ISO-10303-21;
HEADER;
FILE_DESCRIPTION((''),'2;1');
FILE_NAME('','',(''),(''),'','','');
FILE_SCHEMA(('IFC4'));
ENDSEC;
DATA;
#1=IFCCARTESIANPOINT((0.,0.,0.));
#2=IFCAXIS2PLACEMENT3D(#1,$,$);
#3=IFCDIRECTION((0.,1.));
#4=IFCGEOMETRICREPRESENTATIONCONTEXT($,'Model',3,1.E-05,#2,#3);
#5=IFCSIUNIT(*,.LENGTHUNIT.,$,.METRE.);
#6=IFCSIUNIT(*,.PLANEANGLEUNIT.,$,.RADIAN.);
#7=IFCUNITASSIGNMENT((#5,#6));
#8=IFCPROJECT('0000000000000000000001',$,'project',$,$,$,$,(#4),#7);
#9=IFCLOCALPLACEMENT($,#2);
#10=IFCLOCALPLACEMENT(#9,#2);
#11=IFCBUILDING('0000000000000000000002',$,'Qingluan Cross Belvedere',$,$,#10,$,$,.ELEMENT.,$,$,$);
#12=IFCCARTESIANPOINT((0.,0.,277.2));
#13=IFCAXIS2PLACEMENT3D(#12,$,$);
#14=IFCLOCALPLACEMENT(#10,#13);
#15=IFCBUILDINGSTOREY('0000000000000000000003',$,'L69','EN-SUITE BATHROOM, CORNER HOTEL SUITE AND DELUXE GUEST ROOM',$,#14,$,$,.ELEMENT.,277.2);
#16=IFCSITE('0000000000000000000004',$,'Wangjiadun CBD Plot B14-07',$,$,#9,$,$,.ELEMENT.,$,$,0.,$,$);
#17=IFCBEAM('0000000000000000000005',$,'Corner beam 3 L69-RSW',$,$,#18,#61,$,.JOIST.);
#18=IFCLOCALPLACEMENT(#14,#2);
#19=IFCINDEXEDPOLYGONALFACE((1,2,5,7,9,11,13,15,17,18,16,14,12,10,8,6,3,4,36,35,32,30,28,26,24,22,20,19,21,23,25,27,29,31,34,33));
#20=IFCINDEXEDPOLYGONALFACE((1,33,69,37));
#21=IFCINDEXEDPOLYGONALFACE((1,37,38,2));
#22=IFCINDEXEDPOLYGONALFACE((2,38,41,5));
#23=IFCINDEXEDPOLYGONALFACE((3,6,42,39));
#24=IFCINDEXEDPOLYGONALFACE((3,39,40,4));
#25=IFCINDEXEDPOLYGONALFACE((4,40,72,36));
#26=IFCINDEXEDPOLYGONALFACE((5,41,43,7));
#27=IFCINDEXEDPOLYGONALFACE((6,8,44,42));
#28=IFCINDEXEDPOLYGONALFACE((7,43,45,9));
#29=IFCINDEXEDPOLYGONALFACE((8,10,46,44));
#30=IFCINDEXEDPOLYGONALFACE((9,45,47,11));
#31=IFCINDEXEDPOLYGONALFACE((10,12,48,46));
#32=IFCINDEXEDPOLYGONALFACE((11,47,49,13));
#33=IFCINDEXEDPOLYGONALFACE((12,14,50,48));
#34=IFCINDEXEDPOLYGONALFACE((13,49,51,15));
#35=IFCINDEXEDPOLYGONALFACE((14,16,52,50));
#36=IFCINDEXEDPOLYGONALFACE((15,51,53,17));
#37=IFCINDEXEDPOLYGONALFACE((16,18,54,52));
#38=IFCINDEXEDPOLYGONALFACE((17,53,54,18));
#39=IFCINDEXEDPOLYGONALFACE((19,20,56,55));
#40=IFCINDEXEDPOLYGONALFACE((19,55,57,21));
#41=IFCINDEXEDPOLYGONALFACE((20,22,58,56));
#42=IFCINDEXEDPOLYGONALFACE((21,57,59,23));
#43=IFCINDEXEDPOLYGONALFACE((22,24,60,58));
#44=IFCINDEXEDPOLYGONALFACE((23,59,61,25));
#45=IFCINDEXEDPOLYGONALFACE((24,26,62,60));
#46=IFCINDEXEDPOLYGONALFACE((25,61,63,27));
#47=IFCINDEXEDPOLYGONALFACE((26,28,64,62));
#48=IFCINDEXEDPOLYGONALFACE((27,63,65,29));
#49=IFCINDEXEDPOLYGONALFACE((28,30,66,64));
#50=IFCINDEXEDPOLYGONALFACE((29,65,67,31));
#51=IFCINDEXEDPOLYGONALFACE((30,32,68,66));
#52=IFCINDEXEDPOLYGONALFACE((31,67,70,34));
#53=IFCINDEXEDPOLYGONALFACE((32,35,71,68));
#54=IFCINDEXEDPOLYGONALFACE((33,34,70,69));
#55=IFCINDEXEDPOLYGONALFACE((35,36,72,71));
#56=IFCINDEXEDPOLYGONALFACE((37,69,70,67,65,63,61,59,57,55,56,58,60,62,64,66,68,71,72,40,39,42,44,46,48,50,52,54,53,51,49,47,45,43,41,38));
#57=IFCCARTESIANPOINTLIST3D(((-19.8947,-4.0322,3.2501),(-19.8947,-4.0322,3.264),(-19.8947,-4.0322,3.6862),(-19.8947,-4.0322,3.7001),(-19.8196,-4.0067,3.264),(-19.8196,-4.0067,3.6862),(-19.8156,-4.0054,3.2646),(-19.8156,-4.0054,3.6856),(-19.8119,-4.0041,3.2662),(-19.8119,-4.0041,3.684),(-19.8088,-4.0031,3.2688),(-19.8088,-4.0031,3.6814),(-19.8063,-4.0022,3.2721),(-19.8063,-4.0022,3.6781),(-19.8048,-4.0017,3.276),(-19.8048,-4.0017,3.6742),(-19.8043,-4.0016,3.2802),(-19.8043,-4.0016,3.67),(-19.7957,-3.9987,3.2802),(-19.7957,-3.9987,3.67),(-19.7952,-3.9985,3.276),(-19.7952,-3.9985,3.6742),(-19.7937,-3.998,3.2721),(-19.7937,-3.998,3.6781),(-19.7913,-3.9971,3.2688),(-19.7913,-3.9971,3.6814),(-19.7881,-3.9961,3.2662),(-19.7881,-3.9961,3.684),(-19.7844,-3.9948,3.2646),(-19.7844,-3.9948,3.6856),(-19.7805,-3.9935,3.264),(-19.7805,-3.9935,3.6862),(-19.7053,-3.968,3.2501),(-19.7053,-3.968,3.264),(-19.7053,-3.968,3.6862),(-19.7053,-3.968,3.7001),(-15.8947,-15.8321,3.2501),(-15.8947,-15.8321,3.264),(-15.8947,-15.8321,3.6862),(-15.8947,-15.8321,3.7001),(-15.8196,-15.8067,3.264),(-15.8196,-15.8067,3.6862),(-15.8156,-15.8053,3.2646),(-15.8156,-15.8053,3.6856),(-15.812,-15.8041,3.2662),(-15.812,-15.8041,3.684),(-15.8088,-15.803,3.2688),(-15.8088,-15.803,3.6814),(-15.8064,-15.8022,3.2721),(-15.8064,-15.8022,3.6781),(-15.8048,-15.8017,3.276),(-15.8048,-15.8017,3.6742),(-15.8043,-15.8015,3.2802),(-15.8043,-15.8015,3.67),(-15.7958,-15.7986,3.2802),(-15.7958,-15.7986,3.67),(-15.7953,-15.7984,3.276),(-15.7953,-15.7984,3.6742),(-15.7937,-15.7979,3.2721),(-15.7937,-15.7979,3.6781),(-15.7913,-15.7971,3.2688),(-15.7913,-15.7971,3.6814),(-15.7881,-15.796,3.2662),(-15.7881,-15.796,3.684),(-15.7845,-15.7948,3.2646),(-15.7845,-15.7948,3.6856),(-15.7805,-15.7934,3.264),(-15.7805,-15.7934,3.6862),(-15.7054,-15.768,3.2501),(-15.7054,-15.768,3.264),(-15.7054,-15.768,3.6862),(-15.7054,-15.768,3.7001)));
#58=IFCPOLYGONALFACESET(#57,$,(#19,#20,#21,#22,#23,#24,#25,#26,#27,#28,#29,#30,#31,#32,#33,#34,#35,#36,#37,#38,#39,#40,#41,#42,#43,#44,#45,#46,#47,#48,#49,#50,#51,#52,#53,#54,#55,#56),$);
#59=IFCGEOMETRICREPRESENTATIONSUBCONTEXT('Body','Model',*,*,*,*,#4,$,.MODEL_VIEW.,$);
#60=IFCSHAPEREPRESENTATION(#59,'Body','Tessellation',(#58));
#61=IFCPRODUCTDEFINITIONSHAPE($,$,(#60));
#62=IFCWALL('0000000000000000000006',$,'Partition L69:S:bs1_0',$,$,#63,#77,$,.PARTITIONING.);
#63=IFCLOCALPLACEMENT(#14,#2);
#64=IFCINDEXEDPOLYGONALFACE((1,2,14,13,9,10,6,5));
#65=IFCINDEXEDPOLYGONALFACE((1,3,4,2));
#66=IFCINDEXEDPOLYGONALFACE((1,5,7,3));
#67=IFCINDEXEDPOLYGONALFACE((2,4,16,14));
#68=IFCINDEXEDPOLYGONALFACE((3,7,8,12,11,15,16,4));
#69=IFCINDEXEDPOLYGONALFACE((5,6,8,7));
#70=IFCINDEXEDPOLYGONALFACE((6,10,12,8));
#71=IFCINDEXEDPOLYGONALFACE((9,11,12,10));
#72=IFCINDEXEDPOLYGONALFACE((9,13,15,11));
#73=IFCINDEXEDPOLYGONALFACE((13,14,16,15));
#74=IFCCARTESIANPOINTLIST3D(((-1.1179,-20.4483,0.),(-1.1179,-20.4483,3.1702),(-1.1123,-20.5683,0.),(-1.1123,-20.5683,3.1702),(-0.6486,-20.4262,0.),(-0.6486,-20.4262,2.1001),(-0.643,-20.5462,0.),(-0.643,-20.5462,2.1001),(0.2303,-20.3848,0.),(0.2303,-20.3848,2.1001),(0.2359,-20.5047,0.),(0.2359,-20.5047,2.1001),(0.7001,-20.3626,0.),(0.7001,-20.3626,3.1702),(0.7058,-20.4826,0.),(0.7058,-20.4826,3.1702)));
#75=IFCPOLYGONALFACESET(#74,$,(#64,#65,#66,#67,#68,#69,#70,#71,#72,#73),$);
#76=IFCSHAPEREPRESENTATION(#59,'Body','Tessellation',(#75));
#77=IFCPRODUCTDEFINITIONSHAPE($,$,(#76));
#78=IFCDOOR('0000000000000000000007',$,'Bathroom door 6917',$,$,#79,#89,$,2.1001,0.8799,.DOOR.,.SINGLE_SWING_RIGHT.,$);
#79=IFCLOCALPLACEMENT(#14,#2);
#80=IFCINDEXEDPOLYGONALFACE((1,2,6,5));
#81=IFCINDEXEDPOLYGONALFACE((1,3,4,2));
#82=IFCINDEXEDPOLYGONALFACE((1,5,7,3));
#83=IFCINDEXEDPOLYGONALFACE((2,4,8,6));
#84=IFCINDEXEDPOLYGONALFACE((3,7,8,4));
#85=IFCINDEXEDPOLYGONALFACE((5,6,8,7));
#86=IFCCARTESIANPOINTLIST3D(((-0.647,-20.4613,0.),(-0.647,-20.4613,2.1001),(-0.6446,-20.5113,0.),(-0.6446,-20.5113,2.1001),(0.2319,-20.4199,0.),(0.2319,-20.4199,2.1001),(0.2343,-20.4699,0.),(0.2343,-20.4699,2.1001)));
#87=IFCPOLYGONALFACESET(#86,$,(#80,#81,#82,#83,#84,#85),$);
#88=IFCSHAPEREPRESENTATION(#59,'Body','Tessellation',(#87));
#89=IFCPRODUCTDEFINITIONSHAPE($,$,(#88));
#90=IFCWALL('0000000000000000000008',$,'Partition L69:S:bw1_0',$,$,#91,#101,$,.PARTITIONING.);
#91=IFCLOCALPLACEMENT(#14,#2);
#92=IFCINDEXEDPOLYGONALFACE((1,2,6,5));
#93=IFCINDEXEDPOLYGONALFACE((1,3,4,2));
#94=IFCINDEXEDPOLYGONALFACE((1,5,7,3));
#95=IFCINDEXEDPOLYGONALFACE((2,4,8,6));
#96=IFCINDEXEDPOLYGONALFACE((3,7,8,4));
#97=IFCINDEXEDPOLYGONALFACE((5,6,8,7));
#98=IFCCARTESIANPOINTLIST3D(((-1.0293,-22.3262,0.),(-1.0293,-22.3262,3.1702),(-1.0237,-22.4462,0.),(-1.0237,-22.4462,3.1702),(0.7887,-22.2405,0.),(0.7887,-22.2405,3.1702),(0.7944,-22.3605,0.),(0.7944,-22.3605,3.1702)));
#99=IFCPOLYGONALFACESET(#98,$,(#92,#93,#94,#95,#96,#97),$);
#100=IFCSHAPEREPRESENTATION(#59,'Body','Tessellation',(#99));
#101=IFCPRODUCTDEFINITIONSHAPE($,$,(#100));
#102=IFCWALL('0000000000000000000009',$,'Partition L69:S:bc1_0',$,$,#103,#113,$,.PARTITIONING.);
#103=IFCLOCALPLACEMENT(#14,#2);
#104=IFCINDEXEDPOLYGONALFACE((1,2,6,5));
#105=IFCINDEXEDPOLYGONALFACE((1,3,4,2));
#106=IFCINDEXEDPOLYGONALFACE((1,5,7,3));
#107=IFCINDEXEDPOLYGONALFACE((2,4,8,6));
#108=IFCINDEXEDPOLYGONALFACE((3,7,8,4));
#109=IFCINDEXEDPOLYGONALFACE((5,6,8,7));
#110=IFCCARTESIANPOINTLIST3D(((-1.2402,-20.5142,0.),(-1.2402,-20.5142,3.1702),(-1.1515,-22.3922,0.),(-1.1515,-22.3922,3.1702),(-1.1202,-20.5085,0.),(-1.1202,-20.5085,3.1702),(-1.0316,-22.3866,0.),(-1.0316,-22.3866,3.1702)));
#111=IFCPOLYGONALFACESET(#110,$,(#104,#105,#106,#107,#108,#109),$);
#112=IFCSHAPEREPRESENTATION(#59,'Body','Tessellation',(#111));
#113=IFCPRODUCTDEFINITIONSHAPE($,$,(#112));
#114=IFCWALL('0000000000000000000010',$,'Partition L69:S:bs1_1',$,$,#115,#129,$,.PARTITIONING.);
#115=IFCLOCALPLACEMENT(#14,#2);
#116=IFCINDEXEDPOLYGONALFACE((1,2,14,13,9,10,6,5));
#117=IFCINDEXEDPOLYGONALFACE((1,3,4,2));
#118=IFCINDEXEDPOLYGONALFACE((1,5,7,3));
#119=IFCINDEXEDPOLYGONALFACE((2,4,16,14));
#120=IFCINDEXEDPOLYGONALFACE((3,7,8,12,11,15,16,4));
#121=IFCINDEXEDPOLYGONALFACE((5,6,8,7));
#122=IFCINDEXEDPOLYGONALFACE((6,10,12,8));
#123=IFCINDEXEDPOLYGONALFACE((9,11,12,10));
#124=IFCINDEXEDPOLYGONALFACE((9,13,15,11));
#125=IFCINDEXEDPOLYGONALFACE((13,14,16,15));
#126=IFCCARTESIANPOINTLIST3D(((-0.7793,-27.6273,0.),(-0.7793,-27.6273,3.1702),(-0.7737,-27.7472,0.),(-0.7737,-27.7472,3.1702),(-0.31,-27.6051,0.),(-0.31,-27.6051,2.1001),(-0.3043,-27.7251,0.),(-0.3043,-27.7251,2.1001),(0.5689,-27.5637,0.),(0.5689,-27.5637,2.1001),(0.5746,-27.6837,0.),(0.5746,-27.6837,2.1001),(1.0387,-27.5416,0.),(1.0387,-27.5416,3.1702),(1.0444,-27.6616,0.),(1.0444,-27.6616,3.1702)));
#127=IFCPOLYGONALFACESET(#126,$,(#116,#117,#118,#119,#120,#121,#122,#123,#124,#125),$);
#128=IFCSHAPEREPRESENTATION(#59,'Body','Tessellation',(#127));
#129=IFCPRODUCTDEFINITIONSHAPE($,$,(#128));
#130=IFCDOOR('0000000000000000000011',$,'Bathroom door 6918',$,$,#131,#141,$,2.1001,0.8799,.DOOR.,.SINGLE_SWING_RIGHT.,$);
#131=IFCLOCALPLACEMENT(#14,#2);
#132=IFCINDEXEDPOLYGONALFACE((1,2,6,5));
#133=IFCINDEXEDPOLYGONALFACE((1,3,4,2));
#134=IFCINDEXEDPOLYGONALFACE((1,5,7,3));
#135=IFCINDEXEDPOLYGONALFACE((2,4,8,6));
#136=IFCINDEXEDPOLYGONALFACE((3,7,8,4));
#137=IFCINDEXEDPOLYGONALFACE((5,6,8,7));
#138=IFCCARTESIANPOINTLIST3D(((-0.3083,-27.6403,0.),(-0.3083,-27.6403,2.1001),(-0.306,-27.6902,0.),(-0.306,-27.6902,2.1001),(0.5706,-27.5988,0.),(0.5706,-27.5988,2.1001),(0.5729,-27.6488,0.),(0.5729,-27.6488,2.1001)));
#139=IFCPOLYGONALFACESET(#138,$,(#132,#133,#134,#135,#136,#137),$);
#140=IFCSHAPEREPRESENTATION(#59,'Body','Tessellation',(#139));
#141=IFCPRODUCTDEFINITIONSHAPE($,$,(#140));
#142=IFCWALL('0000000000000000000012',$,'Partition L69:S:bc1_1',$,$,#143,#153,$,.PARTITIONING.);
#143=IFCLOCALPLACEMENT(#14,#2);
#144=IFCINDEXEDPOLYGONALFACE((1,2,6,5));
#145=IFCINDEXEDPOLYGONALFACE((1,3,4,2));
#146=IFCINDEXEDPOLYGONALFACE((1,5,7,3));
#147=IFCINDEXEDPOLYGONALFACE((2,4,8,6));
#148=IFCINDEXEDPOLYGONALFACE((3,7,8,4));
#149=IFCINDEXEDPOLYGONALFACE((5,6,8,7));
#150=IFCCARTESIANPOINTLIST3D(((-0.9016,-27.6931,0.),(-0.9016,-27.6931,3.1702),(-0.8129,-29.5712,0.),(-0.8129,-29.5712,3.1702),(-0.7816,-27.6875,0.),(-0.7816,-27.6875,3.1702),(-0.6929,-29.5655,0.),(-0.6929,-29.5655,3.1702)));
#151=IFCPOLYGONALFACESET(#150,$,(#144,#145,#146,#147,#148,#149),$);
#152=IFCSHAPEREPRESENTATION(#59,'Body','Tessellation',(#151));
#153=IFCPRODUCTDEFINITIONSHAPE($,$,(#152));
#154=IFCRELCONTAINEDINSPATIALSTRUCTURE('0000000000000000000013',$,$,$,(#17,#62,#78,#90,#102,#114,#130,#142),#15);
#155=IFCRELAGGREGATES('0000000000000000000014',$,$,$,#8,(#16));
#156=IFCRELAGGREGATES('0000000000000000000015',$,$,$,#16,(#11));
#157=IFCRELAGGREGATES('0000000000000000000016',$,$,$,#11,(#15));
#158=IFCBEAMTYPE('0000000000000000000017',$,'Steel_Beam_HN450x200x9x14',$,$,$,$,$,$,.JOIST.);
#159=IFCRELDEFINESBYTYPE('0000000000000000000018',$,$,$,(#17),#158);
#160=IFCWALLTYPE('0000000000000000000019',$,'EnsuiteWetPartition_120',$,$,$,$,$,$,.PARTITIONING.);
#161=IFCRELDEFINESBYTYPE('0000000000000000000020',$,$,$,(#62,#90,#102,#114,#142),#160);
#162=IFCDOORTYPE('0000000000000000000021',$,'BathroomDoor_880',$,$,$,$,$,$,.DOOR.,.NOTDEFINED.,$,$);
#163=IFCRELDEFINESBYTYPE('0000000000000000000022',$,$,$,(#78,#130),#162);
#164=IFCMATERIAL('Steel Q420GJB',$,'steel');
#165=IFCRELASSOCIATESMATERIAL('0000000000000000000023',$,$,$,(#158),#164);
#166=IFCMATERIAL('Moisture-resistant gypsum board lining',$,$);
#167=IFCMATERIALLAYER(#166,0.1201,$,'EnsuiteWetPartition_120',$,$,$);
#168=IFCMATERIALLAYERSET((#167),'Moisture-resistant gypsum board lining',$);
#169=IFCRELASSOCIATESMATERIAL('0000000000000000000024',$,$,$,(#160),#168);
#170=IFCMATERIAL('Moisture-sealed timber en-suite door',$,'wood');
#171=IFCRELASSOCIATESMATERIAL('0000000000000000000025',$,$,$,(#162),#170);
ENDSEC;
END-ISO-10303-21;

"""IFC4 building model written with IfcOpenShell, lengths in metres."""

from ifc_helpers import new_model, si_unit, direction, frame, frame_2d, origin, origin_2d, place, context, subcontext, project, spatial, rectangle, i_section, extrude, material, layer, layer_set, material_profile, profile_set, type_object, element, fill, save


model = new_model("IFC4")

# Units and contexts
model_context = context("Model", 3, precision=1e-05, world=origin(), true_north=direction((0.0, 1.0)))
body_context = subcontext(model_context, "Body", "Model", "MODEL_VIEW")
ifc_project = project(units=[si_unit("LENGTHUNIT", "METRE"), si_unit("PLANEANGLEUNIT", "RADIAN")], contexts=[model_context])

# Site, building, storey
site_placement = place(None, origin())
site = spatial("IfcSite", under=ifc_project, at=site_placement, Name="Wangjiadun CBD Plot B14-07", CompositionType="ELEMENT", RefElevation=0.0)
building_placement = place(site_placement, origin())
building = spatial("IfcBuilding", under=site, at=building_placement, Name="Qingluan Cross Belvedere", CompositionType="ELEMENT")
storey_placement = place(building_placement, frame((0.0, 0.0, 277.2)))
storey = spatial("IfcBuildingStorey", under=building, at=storey_placement, Name="L69", Description="EN-SUITE BATHROOM, CORNER HOTEL SUITE AND DELUXE GUEST ROOM", CompositionType="ELEMENT", Elevation=277.2)

# Beam
ifc_material_1 = material(Name="Steel Q420GJB", Category="steel")
ifc_material_profile_1 = material_profile(ifc_material_1, i_section(OverallWidth=0.2, OverallDepth=0.45, WebThickness=0.009, FlangeThickness=0.0139, FilletRadius=0.0161, at=origin_2d()), Name="HN450x200x9x14")
ifc_profile_set_1 = profile_set([ifc_material_profile_1], Name="Steel Q420GJB")
beam_type_1 = type_object("IfcBeamType", Name="Steel_Beam_HN450x200x9x14", PredefinedType="JOIST", material=ifc_profile_set_1)
for number, where, z_axis, x_axis, name in (
    (1, (-15.8, -15.8, 3.4751), (-0.321038, 0.947066, 0.0), (-0.947066, -0.321038, 0.0), "Corner beam 3 L69-RSW"),
):
    element("IfcBeam", number, at=place(storey_placement, frame(where, z_axis=z_axis, x_axis=x_axis)), inside=storey, type_object=beam_type_1, Name=name, PredefinedType="JOIST", context=body_context, shape_type="SweptSolid", body=[
        extrude(i_section(OverallWidth=0.2, OverallDepth=0.45, WebThickness=0.009, FlangeThickness=0.0139, FilletRadius=0.0161, at=origin_2d()), origin(), (0.0, 0.0, 1.0), 12.4595),
    ])

# Wall, opening, door
ifc_material_2 = material(Name="Moisture-resistant gypsum board lining")
ifc_layer_1 = layer(ifc_material_2, 0.1201, Name="EnsuiteWetPartition_120")
ifc_layer_set_1 = layer_set([ifc_layer_1], Name="Moisture-resistant gypsum board lining")
wall_type_1 = type_object("IfcWallType", Name="EnsuiteWetPartition_120", PredefinedType="PARTITIONING", material=ifc_layer_set_1)
wall_1_placement = place(storey_placement, frame((-1.1152, -20.5083, 0.0), z_axis=(0.0, 0.0, 1.0), x_axis=(0.998891, 0.047081, 0.0)))
wall_1 = element("IfcWall", 2, at=wall_1_placement, inside=storey, type_object=wall_type_1, Name="Partition L69:S:bs1_0", PredefinedType="PARTITIONING", context=body_context, shape_type="SweptSolid", body=[
    extrude(rectangle(XDim=1.8201, YDim=0.1201, at=frame_2d((0.9102, 0.0))), origin(), (0.0, 0.0, 1.0), 3.1702),
])
opening_1_placement = place(wall_1_placement, frame((0.47, 0.0, 0.0)))
opening_1 = element("IfcOpeningElement", 3, at=opening_1_placement, cuts=wall_1, PredefinedType="OPENING", context=body_context, shape_type="SweptSolid", body=[
    extrude(rectangle(XDim=0.8799, YDim=2.1001, at=frame_2d((0.4399, 1.05))), frame((0.0, 0.0701, 0.0), z_axis=(0.0, -1.0, 0.0), x_axis=(1.0, 0.0, 0.0)), (0.0, 0.0, 1.0), 0.1401),
])
ifc_material_3 = material(Name="Moisture-sealed timber en-suite door", Category="wood")
door_type = type_object("IfcDoorType", Name="BathroomDoor_880", OperationType="NOTDEFINED", PredefinedType="DOOR", material=ifc_material_3)
door_1_placement = place(opening_1_placement, origin())
door_1 = element("IfcDoor", 4, at=door_1_placement, inside=storey, type_object=door_type, Name="Bathroom door 6917", OperationType="SINGLE_SWING_RIGHT", OverallHeight=2.1001, OverallWidth=0.8799, PredefinedType="DOOR", context=body_context, shape_type="SweptSolid", body=[
    extrude(rectangle(XDim=0.8799, YDim=2.1001, at=frame_2d((0.4399, 1.05))), frame((0.0, 0.0249, 0.0), z_axis=(0.0, -1.0, 0.0), x_axis=(1.0, 0.0, 0.0)), (0.0, 0.0, 1.0), 0.05),
])
fill(opening_1, door_1)

# Walls
wall_2_placement = place(storey_placement, frame((-1.0266, -22.3862, 0.0), z_axis=(0.0, 0.0, 1.0), x_axis=(0.998891, 0.047081, 0.0)))
element("IfcWall", 5, at=wall_2_placement, inside=storey, type_object=wall_type_1, Name="Partition L69:S:bw1_0", PredefinedType="PARTITIONING", context=body_context, shape_type="SweptSolid", body=[
    extrude(rectangle(XDim=1.8201, YDim=0.1201, at=frame_2d((0.9102, 0.0))), origin(), (0.0, 0.0, 1.0), 3.1702),
])
wall_3_placement = place(storey_placement, frame((-1.1802, -20.5115, 0.0), z_axis=(0.0, 0.0, 1.0), x_axis=(0.047139, -0.998888, 0.0)))
element("IfcWall", 6, at=wall_3_placement, inside=storey, type_object=wall_type_1, Name="Partition L69:S:bc1_0", PredefinedType="PARTITIONING", context=body_context, shape_type="SweptSolid", body=[
    extrude(rectangle(XDim=1.8801, YDim=0.1201, at=frame_2d((0.9399, 0.0))), origin(), (0.0, 0.0, 1.0), 3.1702),
])

# Wall, opening, door
wall_4_placement = place(storey_placement, frame((-0.7766, -27.6873, 0.0), z_axis=(0.0, 0.0, 1.0), x_axis=(0.998891, 0.047081, 0.0)))
wall_4 = element("IfcWall", 7, at=wall_4_placement, inside=storey, type_object=wall_type_1, Name="Partition L69:S:bs1_1", PredefinedType="PARTITIONING", context=body_context, shape_type="SweptSolid", body=[
    extrude(rectangle(XDim=1.8201, YDim=0.1201, at=frame_2d((0.9102, 0.0))), origin(), (0.0, 0.0, 1.0), 3.1702),
])
opening_2_placement = place(wall_4_placement, frame((0.47, 0.0, 0.0)))
opening_2 = element("IfcOpeningElement", 8, at=opening_2_placement, cuts=wall_4, PredefinedType="OPENING", context=body_context, shape_type="SweptSolid", body=[
    extrude(rectangle(XDim=0.8799, YDim=2.1001, at=frame_2d((0.4399, 1.05))), frame((0.0, 0.0701, 0.0), z_axis=(0.0, -1.0, 0.0), x_axis=(1.0, 0.0, 0.0)), (0.0, 0.0, 1.0), 0.1401),
])
door_2_placement = place(opening_2_placement, origin())
door_2 = element("IfcDoor", 9, at=door_2_placement, inside=storey, type_object=door_type, Name="Bathroom door 6918", OperationType="SINGLE_SWING_RIGHT", OverallHeight=2.1001, OverallWidth=0.8799, PredefinedType="DOOR", context=body_context, shape_type="SweptSolid", body=[
    extrude(rectangle(XDim=0.8799, YDim=2.1001, at=frame_2d((0.4399, 1.05))), frame((0.0, 0.0249, 0.0), z_axis=(0.0, -1.0, 0.0), x_axis=(1.0, 0.0, 0.0)), (0.0, 0.0, 1.0), 0.05),
])
fill(opening_2, door_2)

# Wall
wall_5_placement = place(storey_placement, frame((-0.8416, -27.6904, 0.0), z_axis=(0.0, 0.0, 1.0), x_axis=(0.047139, -0.998888, 0.0)))
element("IfcWall", 10, at=wall_5_placement, inside=storey, type_object=wall_type_1, Name="Partition L69:S:bc1_1", PredefinedType="PARTITIONING", context=body_context, shape_type="SweptSolid", body=[
    extrude(rectangle(XDim=1.8801, YDim=0.1201, at=frame_2d((0.9399, 0.0))), origin(), (0.0, 0.0, 1.0), 3.1702),
])

save(model, "model.ifc")
